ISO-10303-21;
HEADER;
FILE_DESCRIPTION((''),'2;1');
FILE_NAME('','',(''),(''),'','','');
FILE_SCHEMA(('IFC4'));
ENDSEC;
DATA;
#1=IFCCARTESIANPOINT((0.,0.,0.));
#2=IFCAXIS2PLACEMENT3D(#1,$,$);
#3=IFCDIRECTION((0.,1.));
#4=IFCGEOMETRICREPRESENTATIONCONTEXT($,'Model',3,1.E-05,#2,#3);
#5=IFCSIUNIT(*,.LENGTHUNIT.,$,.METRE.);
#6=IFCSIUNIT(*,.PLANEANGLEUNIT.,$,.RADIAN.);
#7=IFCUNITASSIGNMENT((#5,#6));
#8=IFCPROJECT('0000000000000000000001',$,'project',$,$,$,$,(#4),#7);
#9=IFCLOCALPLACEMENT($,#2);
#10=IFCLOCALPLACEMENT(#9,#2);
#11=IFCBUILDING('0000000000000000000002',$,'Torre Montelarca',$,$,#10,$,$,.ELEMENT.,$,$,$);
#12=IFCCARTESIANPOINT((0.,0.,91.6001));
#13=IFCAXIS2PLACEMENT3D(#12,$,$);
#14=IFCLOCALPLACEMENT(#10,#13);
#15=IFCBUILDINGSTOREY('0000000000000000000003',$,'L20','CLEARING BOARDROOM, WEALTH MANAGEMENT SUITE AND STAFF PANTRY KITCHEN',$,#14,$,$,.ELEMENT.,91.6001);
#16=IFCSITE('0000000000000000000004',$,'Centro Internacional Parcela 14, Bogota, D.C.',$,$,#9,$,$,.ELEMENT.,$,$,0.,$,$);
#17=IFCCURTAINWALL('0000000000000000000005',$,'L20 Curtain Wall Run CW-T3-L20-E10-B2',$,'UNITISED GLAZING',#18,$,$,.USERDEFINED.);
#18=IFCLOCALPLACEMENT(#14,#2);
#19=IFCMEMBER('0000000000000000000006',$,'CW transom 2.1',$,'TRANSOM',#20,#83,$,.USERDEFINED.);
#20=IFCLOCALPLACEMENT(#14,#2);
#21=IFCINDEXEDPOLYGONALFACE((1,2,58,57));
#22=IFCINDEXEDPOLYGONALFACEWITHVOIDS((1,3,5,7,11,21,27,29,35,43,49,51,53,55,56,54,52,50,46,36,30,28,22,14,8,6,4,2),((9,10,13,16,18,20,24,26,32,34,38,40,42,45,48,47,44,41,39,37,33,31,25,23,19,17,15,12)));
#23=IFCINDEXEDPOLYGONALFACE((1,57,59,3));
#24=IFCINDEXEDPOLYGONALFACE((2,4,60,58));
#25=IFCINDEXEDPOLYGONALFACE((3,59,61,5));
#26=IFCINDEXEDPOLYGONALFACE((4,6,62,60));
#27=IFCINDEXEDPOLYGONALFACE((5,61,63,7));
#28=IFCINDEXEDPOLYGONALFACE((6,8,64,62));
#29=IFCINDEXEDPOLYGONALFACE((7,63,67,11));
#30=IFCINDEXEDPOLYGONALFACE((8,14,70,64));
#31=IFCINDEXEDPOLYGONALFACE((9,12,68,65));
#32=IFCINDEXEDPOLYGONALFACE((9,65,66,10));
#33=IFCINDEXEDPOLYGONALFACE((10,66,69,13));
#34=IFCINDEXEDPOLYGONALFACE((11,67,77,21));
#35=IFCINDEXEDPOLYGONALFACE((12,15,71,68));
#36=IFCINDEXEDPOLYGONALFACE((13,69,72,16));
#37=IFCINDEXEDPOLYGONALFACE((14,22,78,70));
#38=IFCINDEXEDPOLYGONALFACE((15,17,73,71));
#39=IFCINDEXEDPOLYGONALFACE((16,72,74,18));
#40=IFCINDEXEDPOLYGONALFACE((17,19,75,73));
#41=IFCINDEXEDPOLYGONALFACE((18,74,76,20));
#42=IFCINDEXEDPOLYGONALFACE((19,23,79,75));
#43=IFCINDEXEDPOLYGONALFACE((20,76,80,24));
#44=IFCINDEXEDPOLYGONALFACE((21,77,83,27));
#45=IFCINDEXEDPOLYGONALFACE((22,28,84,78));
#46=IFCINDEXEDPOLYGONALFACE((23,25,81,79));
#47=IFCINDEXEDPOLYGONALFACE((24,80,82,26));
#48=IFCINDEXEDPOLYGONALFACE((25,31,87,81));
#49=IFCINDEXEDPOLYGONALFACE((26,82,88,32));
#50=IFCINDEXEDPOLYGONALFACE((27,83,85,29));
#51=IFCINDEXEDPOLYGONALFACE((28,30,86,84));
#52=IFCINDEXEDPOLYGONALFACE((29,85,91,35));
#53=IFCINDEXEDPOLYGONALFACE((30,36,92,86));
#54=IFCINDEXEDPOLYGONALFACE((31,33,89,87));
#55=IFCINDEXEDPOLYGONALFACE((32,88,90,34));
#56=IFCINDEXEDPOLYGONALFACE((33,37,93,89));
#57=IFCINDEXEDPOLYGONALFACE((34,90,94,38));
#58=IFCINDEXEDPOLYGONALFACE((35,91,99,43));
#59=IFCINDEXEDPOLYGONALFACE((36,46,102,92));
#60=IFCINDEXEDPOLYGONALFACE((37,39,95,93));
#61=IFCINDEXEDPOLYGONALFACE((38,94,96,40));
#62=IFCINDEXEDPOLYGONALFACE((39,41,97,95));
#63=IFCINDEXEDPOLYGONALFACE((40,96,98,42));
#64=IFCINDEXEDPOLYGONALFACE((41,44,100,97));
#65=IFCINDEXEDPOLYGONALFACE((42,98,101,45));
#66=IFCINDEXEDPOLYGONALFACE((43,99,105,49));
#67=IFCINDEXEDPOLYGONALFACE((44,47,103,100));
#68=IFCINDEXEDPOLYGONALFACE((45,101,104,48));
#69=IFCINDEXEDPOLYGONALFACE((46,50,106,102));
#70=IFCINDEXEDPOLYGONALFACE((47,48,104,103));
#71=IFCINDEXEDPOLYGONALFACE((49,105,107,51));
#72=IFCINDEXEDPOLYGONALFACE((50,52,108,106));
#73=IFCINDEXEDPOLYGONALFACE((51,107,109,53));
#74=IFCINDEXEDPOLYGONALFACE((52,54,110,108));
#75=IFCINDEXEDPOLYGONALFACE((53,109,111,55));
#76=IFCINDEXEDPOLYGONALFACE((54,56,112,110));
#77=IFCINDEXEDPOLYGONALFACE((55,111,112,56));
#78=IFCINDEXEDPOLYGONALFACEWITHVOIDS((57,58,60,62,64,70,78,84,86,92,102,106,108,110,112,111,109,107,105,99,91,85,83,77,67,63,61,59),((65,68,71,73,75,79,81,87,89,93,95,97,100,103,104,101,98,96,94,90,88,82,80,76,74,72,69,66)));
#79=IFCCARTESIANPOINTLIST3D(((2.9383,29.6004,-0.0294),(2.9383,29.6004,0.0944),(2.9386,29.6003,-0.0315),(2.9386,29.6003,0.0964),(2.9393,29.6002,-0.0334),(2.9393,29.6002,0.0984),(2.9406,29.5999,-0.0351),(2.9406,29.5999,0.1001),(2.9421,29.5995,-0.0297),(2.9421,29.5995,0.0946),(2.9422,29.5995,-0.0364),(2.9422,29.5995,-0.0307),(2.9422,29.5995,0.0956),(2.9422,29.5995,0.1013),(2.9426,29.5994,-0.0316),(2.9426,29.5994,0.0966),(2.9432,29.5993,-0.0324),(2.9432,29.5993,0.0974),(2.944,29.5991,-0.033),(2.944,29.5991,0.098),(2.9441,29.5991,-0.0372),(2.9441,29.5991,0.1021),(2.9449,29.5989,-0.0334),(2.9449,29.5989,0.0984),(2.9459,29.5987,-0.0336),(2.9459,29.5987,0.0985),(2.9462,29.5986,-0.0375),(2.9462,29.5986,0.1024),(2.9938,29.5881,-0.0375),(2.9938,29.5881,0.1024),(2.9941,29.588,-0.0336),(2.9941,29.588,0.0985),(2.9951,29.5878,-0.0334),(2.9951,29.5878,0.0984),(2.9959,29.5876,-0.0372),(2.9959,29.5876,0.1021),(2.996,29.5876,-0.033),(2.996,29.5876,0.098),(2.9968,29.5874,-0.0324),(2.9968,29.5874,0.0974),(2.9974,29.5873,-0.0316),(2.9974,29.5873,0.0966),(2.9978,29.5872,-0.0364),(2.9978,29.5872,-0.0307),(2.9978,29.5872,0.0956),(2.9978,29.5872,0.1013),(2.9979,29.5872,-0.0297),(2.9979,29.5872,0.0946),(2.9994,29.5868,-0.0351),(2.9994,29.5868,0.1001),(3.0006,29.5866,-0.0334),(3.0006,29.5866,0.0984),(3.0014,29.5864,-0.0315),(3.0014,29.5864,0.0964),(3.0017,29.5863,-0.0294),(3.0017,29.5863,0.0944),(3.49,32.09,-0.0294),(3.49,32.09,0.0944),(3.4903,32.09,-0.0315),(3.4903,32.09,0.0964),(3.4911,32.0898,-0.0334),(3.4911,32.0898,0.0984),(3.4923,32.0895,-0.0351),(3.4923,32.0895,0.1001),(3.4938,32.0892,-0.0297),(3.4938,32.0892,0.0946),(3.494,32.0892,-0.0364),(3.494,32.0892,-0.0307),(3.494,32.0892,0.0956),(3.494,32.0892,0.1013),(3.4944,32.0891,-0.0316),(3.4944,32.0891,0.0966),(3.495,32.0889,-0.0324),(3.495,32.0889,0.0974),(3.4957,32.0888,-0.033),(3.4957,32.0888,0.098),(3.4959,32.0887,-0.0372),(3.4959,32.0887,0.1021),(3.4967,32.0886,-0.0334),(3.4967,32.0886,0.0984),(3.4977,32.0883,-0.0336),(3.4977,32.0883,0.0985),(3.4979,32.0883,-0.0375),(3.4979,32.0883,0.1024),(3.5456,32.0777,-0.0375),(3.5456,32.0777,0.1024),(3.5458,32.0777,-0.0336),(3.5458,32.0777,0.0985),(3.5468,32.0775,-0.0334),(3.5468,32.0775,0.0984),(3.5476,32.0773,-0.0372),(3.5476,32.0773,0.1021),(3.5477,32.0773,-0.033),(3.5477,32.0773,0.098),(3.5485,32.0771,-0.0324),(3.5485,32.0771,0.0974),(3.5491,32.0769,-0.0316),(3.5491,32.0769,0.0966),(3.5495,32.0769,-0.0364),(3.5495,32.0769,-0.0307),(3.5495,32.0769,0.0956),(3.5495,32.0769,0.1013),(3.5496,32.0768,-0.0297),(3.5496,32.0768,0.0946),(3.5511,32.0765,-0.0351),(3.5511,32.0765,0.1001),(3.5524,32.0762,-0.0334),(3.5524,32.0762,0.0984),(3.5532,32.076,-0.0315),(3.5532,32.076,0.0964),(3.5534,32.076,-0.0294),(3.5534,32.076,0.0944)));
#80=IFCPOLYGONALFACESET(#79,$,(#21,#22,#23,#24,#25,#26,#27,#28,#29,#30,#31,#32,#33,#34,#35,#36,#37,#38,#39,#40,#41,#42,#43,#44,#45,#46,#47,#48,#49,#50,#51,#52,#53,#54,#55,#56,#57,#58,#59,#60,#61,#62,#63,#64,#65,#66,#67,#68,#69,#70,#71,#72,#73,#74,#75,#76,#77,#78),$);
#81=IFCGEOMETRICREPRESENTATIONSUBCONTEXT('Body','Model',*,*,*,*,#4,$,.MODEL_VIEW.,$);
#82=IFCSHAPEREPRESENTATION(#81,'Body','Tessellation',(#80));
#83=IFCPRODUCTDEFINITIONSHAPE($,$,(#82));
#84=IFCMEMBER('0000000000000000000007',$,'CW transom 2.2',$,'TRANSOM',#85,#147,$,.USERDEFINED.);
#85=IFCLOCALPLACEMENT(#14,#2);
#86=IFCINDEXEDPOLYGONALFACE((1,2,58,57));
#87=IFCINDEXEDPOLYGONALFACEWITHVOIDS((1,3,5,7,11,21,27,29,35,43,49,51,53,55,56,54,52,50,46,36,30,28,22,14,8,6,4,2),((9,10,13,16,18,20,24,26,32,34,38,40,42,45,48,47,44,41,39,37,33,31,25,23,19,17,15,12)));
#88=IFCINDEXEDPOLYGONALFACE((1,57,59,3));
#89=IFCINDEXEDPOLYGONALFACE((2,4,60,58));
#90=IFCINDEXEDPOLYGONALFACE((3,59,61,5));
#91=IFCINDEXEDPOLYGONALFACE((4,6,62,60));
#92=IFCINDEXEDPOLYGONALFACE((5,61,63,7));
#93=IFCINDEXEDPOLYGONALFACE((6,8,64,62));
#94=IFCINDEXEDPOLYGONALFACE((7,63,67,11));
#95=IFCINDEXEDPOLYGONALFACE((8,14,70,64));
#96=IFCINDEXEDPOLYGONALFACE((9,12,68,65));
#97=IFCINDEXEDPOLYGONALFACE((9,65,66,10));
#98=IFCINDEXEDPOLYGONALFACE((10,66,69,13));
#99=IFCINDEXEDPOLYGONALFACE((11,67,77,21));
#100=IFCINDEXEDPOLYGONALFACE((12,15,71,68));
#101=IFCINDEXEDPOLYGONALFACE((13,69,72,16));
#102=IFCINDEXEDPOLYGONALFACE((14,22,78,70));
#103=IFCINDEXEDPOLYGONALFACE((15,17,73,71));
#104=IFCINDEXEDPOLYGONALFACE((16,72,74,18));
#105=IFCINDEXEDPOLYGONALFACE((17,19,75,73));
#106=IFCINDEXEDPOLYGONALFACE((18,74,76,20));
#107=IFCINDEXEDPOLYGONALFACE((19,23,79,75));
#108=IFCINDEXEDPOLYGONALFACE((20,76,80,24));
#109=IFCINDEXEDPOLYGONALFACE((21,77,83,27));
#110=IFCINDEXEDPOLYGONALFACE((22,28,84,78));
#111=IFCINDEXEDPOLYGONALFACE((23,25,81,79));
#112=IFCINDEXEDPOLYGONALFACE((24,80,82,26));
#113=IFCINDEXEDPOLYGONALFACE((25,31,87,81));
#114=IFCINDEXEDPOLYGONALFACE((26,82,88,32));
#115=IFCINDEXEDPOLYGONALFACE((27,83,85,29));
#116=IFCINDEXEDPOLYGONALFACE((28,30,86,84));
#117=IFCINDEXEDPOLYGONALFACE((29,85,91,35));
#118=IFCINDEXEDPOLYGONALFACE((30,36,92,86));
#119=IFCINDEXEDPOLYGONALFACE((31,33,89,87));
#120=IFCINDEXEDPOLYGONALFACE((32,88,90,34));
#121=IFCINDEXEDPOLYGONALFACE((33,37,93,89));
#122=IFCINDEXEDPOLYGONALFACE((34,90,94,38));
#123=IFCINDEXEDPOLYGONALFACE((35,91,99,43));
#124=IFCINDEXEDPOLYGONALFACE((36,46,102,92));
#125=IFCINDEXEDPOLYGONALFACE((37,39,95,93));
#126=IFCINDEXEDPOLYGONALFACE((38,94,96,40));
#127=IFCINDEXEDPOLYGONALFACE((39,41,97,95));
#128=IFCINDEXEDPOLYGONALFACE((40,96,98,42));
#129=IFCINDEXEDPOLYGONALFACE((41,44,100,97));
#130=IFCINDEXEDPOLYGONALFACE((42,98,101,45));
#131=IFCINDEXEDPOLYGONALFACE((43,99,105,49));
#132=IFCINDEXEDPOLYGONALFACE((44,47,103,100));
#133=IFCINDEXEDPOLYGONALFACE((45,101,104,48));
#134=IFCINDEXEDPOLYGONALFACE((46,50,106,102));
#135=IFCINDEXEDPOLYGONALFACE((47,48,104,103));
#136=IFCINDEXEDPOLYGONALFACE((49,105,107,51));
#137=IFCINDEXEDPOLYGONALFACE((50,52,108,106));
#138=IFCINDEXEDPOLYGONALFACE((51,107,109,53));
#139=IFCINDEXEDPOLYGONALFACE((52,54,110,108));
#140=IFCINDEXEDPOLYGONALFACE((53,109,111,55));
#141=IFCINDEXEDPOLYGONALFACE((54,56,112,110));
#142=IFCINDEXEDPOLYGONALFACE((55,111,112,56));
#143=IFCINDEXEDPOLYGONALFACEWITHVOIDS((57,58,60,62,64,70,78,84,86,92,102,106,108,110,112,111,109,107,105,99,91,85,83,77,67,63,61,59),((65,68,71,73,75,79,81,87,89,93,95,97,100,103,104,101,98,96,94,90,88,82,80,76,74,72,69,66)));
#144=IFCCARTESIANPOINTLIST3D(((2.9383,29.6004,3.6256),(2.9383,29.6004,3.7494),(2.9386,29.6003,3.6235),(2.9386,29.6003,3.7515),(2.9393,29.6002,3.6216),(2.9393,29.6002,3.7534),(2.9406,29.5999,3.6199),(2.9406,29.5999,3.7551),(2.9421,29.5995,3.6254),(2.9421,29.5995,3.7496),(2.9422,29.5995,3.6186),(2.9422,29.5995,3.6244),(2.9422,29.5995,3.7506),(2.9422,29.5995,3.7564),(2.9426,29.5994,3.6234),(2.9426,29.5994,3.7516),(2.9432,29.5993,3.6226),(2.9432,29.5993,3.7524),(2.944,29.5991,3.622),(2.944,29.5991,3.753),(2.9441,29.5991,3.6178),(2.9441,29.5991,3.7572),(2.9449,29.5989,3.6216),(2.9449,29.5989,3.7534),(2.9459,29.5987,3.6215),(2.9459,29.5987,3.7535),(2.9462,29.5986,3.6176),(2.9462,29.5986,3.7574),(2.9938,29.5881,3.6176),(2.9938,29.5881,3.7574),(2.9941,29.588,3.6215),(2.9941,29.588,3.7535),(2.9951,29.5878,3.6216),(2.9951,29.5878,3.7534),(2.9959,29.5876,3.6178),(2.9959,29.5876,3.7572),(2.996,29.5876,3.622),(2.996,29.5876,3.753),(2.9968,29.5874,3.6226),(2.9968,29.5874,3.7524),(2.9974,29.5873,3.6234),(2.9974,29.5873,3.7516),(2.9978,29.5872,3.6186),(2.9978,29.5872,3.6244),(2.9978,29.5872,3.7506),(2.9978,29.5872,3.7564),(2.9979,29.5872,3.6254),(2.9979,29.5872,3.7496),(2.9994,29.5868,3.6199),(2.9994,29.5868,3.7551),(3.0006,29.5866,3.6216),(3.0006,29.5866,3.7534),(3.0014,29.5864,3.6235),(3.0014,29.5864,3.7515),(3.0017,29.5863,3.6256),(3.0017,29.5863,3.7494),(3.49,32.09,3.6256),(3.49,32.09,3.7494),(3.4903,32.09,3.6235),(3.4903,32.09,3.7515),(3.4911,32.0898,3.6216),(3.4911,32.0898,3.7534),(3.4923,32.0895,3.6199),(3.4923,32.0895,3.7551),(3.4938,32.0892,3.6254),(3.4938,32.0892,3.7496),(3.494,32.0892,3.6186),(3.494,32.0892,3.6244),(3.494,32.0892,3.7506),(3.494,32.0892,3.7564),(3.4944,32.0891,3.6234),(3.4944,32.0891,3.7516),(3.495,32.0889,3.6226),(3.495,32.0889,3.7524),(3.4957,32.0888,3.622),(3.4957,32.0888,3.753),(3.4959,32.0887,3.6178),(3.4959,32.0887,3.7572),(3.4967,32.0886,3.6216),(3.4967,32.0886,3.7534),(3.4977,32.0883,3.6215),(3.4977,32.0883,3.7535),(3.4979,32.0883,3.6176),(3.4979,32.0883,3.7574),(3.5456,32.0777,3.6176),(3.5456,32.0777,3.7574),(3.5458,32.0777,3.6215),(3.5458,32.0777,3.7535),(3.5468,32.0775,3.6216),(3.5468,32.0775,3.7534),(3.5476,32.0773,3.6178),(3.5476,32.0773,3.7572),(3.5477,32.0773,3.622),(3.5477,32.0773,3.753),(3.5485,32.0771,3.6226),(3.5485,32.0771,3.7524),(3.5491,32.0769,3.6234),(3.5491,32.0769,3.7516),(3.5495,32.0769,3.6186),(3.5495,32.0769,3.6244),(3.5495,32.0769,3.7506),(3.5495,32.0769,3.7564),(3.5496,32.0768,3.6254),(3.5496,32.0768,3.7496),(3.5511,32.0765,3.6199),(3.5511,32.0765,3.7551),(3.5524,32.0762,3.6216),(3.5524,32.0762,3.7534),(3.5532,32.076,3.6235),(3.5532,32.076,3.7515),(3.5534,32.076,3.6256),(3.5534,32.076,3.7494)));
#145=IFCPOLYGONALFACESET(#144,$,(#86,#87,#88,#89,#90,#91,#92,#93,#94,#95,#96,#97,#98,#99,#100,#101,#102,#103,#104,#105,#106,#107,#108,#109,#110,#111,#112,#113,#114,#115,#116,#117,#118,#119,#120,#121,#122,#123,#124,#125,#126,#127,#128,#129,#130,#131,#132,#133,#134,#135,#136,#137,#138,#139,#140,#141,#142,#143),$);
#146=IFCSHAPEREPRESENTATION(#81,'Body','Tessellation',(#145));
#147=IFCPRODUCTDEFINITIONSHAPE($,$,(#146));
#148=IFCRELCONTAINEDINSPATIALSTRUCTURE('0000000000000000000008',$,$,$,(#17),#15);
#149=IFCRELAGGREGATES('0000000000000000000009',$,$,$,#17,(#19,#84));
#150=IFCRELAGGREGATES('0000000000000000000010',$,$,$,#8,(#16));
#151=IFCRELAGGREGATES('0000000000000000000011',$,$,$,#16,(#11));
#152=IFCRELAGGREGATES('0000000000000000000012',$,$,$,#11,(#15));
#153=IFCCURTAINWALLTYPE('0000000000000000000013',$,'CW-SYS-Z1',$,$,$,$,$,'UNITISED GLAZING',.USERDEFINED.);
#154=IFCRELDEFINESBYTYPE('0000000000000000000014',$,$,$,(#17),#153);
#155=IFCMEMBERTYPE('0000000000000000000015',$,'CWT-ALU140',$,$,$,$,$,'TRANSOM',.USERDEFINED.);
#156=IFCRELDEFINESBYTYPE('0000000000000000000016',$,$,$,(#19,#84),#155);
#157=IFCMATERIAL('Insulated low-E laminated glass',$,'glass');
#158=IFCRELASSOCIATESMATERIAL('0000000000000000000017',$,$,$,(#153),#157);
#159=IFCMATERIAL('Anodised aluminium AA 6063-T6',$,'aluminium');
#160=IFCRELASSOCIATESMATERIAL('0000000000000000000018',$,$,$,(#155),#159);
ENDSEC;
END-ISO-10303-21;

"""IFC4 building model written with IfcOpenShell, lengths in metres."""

from ifc_helpers import new_model, si_unit, direction, frame, origin, origin_2d, place, context, subcontext, project, spatial, hollow_rectangle, extrude, source, transform, mapped, material, material_profile, profile_set, type_object, element, aggregate, save


model = new_model("IFC4")

# Units and contexts
model_context = context("Model", 3, precision=1e-05, world=origin(), true_north=direction((0.0, 1.0)))
body_context = subcontext(model_context, "Body", "Model", "MODEL_VIEW")
ifc_project = project(units=[si_unit("LENGTHUNIT", "METRE"), si_unit("PLANEANGLEUNIT", "RADIAN")], contexts=[model_context])

# Site, building, storey
site_placement = place(None, origin())
site = spatial("IfcSite", under=ifc_project, at=site_placement, Name="Centro Internacional Parcela 14, Bogota, D.C.", CompositionType="ELEMENT", RefElevation=0.0)
building_placement = place(site_placement, origin())
building = spatial("IfcBuilding", under=site, at=building_placement, Name="Torre Montelarca", CompositionType="ELEMENT")
storey_placement = place(building_placement, frame((0.0, 0.0, 91.6001)))
storey = spatial("IfcBuildingStorey", under=building, at=storey_placement, Name="L20", Description="CLEARING BOARDROOM, WEALTH MANAGEMENT SUITE AND STAFF PANTRY KITCHEN", CompositionType="ELEMENT", Elevation=91.6001)

# Curtain wall, members
ifc_material_1 = material(Name="Insulated low-E laminated glass", Category="glass")
curtain_wall_type = type_object("IfcCurtainWallType", Name="CW-SYS-Z1", ElementType="UNITISED GLAZING", PredefinedType="USERDEFINED", material=ifc_material_1)
curtain_wall_1_placement = place(storey_placement, origin())
curtain_wall_1 = element("IfcCurtainWall", 1, at=curtain_wall_1_placement, inside=storey, type_object=curtain_wall_type, Name="L20 Curtain Wall Run CW-T3-L20-E10-B2", ObjectType="UNITISED GLAZING", PredefinedType="USERDEFINED")
ifc_material_2 = material(Name="Anodised aluminium AA 6063-T6", Category="aluminium")
ifc_material_profile_1 = material_profile(ifc_material_2, hollow_rectangle(XDim=0.0649, YDim=0.1399, WallThickness=0.0039, InnerFilletRadius=0.0039, OuterFilletRadius=0.0081, at=origin_2d()), Name="ALU65X140X4", Category="aluminium")
ifc_profile_set_1 = profile_set([ifc_material_profile_1], Name="Anodised aluminium AA 6063-T6")
member_type_1 = type_object("IfcMemberType", Name="CWT-ALU140", ElementType="TRANSOM", PredefinedType="USERDEFINED", material=ifc_profile_set_1)
shared_shape_1 = source(origin(), body_context, "Body", "SweptSolid", [
    extrude(hollow_rectangle(XDim=0.0649, YDim=0.1399, WallThickness=0.0039, InnerFilletRadius=0.0039, OuterFilletRadius=0.0081, at=origin_2d()), origin(), (0.0, 0.0, 1.0), 2.55),
])
member_1_placement = place(storey_placement, frame((3.5217, 32.083, 0.0325), z_axis=(-0.216363, -0.976313, 0.0), x_axis=(0.976313, -0.216363, 0.0)))
member_1 = element("IfcMember", 2, at=member_1_placement, type_object=member_type_1, Name="CW transom 2.1", ObjectType="TRANSOM", PredefinedType="USERDEFINED", context=body_context, shape_type="MappedRepresentation", body=[
    mapped(shared_shape_1, transform((0.0, 0.0, 0.0), scale=1.0)),
])
member_2_placement = place(storey_placement, frame((3.5217, 32.083, 3.6875), z_axis=(-0.216363, -0.976313, 0.0), x_axis=(0.976313, -0.216363, 0.0)))
member_2 = element("IfcMember", 3, at=member_2_placement, type_object=member_type_1, Name="CW transom 2.2", ObjectType="TRANSOM", PredefinedType="USERDEFINED", context=body_context, shape_type="MappedRepresentation", body=[
    mapped(shared_shape_1, transform((0.0, 0.0, 0.0), scale=1.0)),
])

aggregate(curtain_wall_1, [member_1, member_2])

save(model, "model.ifc")
